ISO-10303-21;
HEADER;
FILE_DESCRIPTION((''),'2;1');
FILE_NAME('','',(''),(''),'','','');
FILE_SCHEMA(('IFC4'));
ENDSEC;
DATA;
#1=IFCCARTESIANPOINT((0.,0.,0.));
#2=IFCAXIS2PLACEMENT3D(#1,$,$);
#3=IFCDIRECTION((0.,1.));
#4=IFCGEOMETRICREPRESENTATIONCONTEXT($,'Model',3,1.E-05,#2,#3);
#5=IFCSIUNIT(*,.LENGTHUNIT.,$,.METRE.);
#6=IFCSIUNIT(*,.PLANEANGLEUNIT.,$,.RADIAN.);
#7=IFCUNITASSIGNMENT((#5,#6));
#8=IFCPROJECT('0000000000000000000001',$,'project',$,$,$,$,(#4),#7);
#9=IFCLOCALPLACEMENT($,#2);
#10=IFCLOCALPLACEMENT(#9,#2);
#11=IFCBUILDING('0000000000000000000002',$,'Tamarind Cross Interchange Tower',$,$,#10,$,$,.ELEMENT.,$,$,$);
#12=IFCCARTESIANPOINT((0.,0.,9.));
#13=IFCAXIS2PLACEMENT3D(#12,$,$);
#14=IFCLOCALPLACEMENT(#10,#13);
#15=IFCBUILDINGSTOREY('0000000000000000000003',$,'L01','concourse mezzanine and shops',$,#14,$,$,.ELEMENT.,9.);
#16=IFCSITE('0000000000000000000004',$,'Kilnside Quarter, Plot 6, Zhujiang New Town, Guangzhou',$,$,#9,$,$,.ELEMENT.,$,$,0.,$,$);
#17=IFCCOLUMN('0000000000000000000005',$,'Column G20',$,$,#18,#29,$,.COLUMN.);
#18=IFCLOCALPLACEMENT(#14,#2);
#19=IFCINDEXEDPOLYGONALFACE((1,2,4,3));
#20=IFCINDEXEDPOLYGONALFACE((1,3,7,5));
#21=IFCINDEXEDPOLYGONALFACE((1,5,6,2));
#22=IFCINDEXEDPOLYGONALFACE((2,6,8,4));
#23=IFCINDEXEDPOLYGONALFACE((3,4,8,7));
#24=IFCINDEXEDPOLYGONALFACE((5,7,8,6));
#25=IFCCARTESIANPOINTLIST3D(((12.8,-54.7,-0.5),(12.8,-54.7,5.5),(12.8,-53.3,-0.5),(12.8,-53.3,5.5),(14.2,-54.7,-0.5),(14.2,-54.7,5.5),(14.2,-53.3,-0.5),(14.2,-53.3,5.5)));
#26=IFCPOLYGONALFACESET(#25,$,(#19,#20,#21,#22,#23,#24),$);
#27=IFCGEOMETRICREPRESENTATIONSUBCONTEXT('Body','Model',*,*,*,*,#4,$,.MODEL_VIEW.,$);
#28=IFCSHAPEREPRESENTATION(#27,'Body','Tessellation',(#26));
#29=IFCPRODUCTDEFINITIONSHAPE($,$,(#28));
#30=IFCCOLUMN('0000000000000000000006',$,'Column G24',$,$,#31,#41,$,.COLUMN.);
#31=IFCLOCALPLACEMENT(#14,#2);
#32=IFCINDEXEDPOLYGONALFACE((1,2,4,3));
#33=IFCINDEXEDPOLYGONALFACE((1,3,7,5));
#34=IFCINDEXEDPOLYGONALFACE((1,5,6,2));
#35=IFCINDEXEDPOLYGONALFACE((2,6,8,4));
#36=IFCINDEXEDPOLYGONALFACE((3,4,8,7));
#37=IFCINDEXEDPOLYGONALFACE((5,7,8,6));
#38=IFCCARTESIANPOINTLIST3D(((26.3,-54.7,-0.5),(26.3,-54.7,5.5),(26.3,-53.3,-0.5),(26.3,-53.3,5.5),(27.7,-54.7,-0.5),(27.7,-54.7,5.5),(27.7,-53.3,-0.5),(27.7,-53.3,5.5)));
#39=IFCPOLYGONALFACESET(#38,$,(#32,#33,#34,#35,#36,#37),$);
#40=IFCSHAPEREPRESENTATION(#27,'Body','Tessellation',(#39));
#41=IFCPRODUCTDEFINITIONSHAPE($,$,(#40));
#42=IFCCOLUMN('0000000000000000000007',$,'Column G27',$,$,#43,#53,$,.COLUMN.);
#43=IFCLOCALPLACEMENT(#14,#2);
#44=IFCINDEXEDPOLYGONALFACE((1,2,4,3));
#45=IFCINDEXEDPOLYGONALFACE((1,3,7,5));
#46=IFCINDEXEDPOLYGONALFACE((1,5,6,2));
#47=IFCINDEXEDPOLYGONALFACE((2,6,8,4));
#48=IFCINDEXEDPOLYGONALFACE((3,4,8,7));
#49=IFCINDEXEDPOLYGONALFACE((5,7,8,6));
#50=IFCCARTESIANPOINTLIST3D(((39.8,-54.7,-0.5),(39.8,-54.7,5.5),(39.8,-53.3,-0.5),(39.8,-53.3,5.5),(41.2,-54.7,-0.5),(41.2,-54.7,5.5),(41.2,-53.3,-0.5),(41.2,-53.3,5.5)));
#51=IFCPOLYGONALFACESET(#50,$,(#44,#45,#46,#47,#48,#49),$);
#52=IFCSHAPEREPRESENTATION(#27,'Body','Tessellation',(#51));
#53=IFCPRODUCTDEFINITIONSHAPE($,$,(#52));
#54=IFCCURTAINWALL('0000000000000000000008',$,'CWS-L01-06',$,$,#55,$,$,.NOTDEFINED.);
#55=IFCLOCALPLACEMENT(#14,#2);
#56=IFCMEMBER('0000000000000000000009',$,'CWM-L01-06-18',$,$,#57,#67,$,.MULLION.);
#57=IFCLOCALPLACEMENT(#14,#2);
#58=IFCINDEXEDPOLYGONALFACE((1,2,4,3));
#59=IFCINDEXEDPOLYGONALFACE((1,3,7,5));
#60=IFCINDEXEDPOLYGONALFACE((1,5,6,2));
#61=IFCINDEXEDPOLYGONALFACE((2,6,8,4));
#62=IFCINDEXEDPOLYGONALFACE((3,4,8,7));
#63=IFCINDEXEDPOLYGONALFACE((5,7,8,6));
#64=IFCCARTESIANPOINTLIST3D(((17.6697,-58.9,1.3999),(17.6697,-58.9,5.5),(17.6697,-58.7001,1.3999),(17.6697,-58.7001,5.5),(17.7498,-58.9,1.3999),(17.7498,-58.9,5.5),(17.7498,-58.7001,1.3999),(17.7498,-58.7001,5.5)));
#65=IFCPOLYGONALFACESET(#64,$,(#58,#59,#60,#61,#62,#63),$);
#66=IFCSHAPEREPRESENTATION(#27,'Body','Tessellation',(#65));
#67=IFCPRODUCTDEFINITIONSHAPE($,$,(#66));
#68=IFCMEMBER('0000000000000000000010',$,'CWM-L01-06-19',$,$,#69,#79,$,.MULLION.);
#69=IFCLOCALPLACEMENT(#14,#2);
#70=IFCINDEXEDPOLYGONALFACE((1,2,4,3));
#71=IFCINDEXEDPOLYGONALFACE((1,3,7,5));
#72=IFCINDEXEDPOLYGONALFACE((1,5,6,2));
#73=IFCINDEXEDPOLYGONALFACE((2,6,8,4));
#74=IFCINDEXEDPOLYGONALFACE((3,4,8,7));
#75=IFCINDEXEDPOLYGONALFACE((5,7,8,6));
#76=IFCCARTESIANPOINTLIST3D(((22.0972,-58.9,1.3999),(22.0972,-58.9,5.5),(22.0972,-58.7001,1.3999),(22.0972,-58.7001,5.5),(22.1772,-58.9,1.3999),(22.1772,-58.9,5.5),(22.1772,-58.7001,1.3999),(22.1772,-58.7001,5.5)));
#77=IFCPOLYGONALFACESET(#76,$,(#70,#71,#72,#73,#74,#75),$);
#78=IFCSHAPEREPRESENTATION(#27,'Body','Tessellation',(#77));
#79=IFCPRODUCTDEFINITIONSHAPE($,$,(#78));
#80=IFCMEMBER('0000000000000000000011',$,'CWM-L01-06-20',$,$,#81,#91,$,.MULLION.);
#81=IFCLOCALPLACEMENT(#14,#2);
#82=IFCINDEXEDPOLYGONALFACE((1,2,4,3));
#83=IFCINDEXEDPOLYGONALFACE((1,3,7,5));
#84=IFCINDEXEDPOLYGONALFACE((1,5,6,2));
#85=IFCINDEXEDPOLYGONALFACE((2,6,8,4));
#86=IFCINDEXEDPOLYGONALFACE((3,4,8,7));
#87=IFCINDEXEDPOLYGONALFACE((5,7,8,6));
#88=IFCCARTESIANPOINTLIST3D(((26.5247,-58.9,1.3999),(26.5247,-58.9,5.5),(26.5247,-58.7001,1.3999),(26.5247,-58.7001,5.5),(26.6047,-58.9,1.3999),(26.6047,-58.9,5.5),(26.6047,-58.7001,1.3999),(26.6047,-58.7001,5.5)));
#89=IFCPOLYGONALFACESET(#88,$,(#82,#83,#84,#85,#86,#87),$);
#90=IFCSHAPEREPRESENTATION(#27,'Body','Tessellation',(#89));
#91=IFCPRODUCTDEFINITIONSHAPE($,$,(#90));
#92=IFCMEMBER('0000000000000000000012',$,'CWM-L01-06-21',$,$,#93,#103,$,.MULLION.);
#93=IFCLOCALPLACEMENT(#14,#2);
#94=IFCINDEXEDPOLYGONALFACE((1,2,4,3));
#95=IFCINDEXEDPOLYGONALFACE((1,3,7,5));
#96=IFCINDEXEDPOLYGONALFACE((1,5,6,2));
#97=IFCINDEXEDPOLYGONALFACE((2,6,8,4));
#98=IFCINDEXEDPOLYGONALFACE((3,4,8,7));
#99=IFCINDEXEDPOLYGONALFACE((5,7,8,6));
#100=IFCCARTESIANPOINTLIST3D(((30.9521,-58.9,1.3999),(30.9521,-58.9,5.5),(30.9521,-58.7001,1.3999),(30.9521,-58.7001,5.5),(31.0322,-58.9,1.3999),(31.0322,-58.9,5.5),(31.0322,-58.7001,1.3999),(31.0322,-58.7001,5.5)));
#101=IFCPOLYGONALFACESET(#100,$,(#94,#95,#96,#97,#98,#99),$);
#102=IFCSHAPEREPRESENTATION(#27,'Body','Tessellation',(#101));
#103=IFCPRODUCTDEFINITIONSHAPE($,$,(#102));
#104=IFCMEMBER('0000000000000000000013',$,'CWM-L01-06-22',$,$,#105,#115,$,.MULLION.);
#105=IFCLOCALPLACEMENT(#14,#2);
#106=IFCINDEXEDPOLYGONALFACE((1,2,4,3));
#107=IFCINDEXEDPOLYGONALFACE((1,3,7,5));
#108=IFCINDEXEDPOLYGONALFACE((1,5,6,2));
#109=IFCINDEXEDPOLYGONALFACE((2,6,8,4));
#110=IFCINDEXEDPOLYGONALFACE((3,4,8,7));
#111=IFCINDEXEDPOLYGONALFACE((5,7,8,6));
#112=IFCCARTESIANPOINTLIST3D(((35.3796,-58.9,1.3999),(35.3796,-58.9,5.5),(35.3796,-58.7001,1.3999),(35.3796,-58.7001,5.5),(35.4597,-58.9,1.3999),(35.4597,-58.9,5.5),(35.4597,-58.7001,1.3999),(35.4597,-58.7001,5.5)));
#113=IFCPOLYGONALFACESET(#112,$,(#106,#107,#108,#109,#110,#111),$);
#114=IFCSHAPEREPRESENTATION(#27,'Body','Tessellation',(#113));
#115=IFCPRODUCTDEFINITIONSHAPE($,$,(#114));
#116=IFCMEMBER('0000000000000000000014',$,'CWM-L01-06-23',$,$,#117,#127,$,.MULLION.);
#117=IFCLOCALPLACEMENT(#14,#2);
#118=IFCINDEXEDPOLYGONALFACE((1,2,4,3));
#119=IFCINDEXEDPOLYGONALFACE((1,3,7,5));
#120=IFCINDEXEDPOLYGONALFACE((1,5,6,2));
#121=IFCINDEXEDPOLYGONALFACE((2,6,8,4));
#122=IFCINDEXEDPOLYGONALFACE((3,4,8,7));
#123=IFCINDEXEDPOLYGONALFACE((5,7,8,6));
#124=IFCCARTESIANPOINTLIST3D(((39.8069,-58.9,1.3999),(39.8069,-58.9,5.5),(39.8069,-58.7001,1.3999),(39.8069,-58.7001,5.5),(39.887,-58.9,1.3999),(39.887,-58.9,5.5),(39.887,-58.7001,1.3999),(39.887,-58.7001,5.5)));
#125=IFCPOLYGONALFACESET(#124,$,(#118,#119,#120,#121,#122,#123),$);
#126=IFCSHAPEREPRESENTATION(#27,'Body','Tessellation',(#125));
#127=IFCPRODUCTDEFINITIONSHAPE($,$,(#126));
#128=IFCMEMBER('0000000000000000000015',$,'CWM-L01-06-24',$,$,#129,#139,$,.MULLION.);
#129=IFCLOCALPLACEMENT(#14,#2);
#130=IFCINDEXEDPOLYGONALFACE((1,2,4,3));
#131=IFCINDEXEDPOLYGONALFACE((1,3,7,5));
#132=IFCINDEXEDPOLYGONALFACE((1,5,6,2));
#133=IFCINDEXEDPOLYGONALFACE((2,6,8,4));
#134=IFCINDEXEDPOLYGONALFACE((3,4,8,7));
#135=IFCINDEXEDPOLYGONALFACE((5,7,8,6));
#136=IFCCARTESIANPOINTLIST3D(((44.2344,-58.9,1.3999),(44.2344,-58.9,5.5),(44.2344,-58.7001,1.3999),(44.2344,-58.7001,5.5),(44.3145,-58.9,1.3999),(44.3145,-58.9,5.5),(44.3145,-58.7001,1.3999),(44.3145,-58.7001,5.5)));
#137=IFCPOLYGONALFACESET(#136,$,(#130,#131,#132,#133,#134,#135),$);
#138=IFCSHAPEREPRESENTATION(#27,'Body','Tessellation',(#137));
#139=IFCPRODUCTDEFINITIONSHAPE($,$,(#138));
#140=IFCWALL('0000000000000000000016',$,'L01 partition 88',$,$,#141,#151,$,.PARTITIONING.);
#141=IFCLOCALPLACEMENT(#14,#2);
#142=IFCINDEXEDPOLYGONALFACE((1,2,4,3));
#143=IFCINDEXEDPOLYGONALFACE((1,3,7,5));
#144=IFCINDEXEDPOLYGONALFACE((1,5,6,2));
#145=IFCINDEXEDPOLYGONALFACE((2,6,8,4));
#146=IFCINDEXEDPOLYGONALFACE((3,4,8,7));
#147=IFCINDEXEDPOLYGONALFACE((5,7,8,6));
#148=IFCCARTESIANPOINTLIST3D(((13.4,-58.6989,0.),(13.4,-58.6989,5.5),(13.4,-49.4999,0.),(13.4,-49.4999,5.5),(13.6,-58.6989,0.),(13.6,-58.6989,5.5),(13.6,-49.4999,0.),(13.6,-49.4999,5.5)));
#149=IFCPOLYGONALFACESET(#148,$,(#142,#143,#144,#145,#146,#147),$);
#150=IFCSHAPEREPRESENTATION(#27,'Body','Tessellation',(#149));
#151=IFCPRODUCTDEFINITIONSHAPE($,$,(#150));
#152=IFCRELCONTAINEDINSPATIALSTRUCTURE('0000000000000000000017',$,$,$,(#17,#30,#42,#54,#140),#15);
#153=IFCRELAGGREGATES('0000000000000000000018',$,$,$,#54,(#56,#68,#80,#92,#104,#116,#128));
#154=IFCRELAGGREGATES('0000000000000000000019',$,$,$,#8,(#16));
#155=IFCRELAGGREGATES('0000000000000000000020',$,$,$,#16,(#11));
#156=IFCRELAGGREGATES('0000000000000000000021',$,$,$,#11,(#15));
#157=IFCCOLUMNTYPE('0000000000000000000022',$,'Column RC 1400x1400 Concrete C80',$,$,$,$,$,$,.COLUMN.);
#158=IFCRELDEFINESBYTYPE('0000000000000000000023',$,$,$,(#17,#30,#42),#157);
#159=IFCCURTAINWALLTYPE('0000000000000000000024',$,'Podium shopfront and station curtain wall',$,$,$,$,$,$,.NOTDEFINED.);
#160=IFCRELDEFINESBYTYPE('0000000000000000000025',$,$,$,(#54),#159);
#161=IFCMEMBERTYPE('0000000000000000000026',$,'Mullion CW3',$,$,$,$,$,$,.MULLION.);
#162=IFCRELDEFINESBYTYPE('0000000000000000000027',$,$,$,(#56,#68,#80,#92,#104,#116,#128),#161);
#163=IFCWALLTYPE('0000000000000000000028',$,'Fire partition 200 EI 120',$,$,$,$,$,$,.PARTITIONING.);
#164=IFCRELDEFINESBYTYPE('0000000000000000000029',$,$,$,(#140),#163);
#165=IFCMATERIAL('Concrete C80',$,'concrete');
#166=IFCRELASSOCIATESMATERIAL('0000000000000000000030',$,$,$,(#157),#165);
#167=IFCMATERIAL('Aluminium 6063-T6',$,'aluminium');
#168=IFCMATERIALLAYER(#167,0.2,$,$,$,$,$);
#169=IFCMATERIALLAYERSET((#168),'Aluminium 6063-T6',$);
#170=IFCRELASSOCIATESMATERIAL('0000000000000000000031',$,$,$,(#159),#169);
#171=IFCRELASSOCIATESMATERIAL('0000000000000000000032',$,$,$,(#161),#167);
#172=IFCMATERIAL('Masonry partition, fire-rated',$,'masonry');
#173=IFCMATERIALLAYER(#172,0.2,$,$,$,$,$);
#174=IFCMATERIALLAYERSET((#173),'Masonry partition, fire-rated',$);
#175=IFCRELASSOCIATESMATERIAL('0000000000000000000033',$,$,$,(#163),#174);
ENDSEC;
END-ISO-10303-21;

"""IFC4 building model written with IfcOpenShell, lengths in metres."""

from ifc_helpers import new_model, si_unit, direction, frame, frame_2d, origin, origin_2d, place, context, subcontext, project, spatial, rectangle, extrude, material, layer, layer_set, material_profile, profile_set, type_object, element, aggregate, save


model = new_model("IFC4")

# Units and contexts
model_context = context("Model", 3, precision=1e-05, world=origin(), true_north=direction((0.0, 1.0)))
body_context = subcontext(model_context, "Body", "Model", "MODEL_VIEW")
ifc_project = project(units=[si_unit("LENGTHUNIT", "METRE"), si_unit("PLANEANGLEUNIT", "RADIAN")], contexts=[model_context])

# Site, building, storey
site_placement = place(None, origin())
site = spatial("IfcSite", under=ifc_project, at=site_placement, Name="Kilnside Quarter, Plot 6, Zhujiang New Town, Guangzhou", CompositionType="ELEMENT", RefElevation=0.0)
building_placement = place(site_placement, origin())
building = spatial("IfcBuilding", under=site, at=building_placement, Name="Tamarind Cross Interchange Tower", CompositionType="ELEMENT")
storey_placement = place(building_placement, frame((0.0, 0.0, 9.0)))
storey = spatial("IfcBuildingStorey", under=building, at=storey_placement, Name="L01", Description="concourse mezzanine and shops", CompositionType="ELEMENT", Elevation=9.0)

# Columns
ifc_material_1 = material(Name="Concrete C80", Category="concrete")
ifc_material_profile_1 = material_profile(ifc_material_1, rectangle(XDim=1.3999, YDim=1.3999, at=origin_2d()), Name="RC 1400x1400")
ifc_profile_set_1 = profile_set([ifc_material_profile_1], Name="Concrete C80")
column_type = type_object("IfcColumnType", Name="Column RC 1400x1400 Concrete C80", PredefinedType="COLUMN", material=ifc_profile_set_1)
for number, where, z_axis, x_axis, name in (
    (1, (13.5, -54.0, -0.5), (0.0, 0.0, 1.0), (1.0, 0.0, 0.0), "Column G20"),
    (2, (27.0, -54.0, -0.5), (0.0, 0.0, 1.0), (1.0, 0.0, 0.0), "Column G24"),
    (3, (40.5, -54.0, -0.5), (0.0, 0.0, 1.0), (1.0, 0.0, 0.0), "Column G27"),
):
    element("IfcColumn", number, at=place(storey_placement, frame(where, z_axis=z_axis, x_axis=x_axis)), inside=storey, type_object=column_type, Name=name, PredefinedType="COLUMN", context=body_context, shape_type="SweptSolid", body=[
        extrude(rectangle(XDim=1.3999, YDim=1.3999, at=origin_2d()), origin(), (0.0, 0.0, 1.0), 6.0),
    ])

# Curtain wall, members
ifc_material_2 = material(Name="Aluminium 6063-T6", Category="aluminium")
ifc_layer_1 = layer(ifc_material_2, 0.2)
ifc_layer_set_1 = layer_set([ifc_layer_1], Name="Aluminium 6063-T6")
curtain_wall_type = type_object("IfcCurtainWallType", Name="Podium shopfront and station curtain wall", PredefinedType="NOTDEFINED", material=ifc_layer_set_1)
curtain_wall_placement = place(storey_placement, origin())
curtain_wall = element("IfcCurtainWall", 4, at=curtain_wall_placement, inside=storey, type_object=curtain_wall_type, Name="CWS-L01-06", PredefinedType="NOTDEFINED")
ifc_material_profile_2 = material_profile(ifc_material_2, rectangle(XDim=0.0801, YDim=0.2, at=origin_2d()), Name="Mullion CW3")
ifc_profile_set_2 = profile_set([ifc_material_profile_2], Name="Aluminium 6063-T6")
member_type = type_object("IfcMemberType", Name="Mullion CW3", PredefinedType="MULLION", material=ifc_profile_set_2)
member_1_placement = place(storey_placement, frame((17.7097, -58.8, 1.3999), z_axis=(0.0, 0.0, 1.0), x_axis=(1.0, 0.0, 0.0)))
member_1 = element("IfcMember", 5, at=member_1_placement, type_object=member_type, Name="CWM-L01-06-18", PredefinedType="MULLION", context=body_context, shape_type="SweptSolid", body=[
    extrude(rectangle(XDim=0.0801, YDim=0.2, at=origin_2d()), origin(), (0.0, 0.0, 1.0), 4.1001),
])
member_2_placement = place(storey_placement, frame((22.1372, -58.8, 1.3999), z_axis=(0.0, 0.0, 1.0), x_axis=(1.0, 0.0, 0.0)))
member_2 = element("IfcMember", 6, at=member_2_placement, type_object=member_type, Name="CWM-L01-06-19", PredefinedType="MULLION", context=body_context, shape_type="SweptSolid", body=[
    extrude(rectangle(XDim=0.0801, YDim=0.2, at=origin_2d()), origin(), (0.0, 0.0, 1.0), 4.1001),
])
member_3_placement = place(storey_placement, frame((26.5647, -58.8, 1.3999), z_axis=(0.0, 0.0, 1.0), x_axis=(1.0, 0.0, 0.0)))
member_3 = element("IfcMember", 7, at=member_3_placement, type_object=member_type, Name="CWM-L01-06-20", PredefinedType="MULLION", context=body_context, shape_type="SweptSolid", body=[
    extrude(rectangle(XDim=0.0801, YDim=0.2, at=origin_2d()), origin(), (0.0, 0.0, 1.0), 4.1001),
])
member_4_placement = place(storey_placement, frame((30.9922, -58.8, 1.3999), z_axis=(0.0, 0.0, 1.0), x_axis=(1.0, 0.0, 0.0)))
member_4 = element("IfcMember", 8, at=member_4_placement, type_object=member_type, Name="CWM-L01-06-21", PredefinedType="MULLION", context=body_context, shape_type="SweptSolid", body=[
    extrude(rectangle(XDim=0.0801, YDim=0.2, at=origin_2d()), origin(), (0.0, 0.0, 1.0), 4.1001),
])
member_5_placement = place(storey_placement, frame((35.4197, -58.8, 1.3999), z_axis=(0.0, 0.0, 1.0), x_axis=(1.0, 0.0, 0.0)))
member_5 = element("IfcMember", 9, at=member_5_placement, type_object=member_type, Name="CWM-L01-06-22", PredefinedType="MULLION", context=body_context, shape_type="SweptSolid", body=[
    extrude(rectangle(XDim=0.0801, YDim=0.2, at=origin_2d()), origin(), (0.0, 0.0, 1.0), 4.1001),
])
member_6_placement = place(storey_placement, frame((39.8469, -58.8, 1.3999), z_axis=(0.0, 0.0, 1.0), x_axis=(1.0, 0.0, 0.0)))
member_6 = element("IfcMember", 10, at=member_6_placement, type_object=member_type, Name="CWM-L01-06-23", PredefinedType="MULLION", context=body_context, shape_type="SweptSolid", body=[
    extrude(rectangle(XDim=0.0801, YDim=0.2, at=origin_2d()), origin(), (0.0, 0.0, 1.0), 4.1001),
])
member_7_placement = place(storey_placement, frame((44.2744, -58.8, 1.3999), z_axis=(0.0, 0.0, 1.0), x_axis=(1.0, 0.0, 0.0)))
member_7 = element("IfcMember", 11, at=member_7_placement, type_object=member_type, Name="CWM-L01-06-24", PredefinedType="MULLION", context=body_context, shape_type="SweptSolid", body=[
    extrude(rectangle(XDim=0.0801, YDim=0.2, at=origin_2d()), origin(), (0.0, 0.0, 1.0), 4.1001),
])
aggregate(curtain_wall, [member_1, member_2, member_3, member_4, member_5, member_6, member_7])

# Wall
ifc_material_3 = material(Name="Masonry partition, fire-rated", Category="masonry")
ifc_layer_2 = layer(ifc_material_3, 0.2)
ifc_layer_set_2 = layer_set([ifc_layer_2], Name="Masonry partition, fire-rated")
wall_type_1 = type_object("IfcWallType", Name="Fire partition 200 EI 120", PredefinedType="PARTITIONING", material=ifc_layer_set_2)
wall_1_placement = place(storey_placement, frame((13.5, -58.699, 0.0), z_axis=(0.0, 0.0, 1.0), x_axis=(0.0, 1.0, 0.0)))
element("IfcWall", 12, at=wall_1_placement, inside=storey, type_object=wall_type_1, Name="L01 partition 88", PredefinedType="PARTITIONING", context=body_context, shape_type="SweptSolid", body=[
    extrude(rectangle(XDim=9.199, YDim=0.2, at=frame_2d((4.5996, 0.0))), origin(), (0.0, 0.0, 1.0), 5.5),
])

save(model, "model.ifc")
